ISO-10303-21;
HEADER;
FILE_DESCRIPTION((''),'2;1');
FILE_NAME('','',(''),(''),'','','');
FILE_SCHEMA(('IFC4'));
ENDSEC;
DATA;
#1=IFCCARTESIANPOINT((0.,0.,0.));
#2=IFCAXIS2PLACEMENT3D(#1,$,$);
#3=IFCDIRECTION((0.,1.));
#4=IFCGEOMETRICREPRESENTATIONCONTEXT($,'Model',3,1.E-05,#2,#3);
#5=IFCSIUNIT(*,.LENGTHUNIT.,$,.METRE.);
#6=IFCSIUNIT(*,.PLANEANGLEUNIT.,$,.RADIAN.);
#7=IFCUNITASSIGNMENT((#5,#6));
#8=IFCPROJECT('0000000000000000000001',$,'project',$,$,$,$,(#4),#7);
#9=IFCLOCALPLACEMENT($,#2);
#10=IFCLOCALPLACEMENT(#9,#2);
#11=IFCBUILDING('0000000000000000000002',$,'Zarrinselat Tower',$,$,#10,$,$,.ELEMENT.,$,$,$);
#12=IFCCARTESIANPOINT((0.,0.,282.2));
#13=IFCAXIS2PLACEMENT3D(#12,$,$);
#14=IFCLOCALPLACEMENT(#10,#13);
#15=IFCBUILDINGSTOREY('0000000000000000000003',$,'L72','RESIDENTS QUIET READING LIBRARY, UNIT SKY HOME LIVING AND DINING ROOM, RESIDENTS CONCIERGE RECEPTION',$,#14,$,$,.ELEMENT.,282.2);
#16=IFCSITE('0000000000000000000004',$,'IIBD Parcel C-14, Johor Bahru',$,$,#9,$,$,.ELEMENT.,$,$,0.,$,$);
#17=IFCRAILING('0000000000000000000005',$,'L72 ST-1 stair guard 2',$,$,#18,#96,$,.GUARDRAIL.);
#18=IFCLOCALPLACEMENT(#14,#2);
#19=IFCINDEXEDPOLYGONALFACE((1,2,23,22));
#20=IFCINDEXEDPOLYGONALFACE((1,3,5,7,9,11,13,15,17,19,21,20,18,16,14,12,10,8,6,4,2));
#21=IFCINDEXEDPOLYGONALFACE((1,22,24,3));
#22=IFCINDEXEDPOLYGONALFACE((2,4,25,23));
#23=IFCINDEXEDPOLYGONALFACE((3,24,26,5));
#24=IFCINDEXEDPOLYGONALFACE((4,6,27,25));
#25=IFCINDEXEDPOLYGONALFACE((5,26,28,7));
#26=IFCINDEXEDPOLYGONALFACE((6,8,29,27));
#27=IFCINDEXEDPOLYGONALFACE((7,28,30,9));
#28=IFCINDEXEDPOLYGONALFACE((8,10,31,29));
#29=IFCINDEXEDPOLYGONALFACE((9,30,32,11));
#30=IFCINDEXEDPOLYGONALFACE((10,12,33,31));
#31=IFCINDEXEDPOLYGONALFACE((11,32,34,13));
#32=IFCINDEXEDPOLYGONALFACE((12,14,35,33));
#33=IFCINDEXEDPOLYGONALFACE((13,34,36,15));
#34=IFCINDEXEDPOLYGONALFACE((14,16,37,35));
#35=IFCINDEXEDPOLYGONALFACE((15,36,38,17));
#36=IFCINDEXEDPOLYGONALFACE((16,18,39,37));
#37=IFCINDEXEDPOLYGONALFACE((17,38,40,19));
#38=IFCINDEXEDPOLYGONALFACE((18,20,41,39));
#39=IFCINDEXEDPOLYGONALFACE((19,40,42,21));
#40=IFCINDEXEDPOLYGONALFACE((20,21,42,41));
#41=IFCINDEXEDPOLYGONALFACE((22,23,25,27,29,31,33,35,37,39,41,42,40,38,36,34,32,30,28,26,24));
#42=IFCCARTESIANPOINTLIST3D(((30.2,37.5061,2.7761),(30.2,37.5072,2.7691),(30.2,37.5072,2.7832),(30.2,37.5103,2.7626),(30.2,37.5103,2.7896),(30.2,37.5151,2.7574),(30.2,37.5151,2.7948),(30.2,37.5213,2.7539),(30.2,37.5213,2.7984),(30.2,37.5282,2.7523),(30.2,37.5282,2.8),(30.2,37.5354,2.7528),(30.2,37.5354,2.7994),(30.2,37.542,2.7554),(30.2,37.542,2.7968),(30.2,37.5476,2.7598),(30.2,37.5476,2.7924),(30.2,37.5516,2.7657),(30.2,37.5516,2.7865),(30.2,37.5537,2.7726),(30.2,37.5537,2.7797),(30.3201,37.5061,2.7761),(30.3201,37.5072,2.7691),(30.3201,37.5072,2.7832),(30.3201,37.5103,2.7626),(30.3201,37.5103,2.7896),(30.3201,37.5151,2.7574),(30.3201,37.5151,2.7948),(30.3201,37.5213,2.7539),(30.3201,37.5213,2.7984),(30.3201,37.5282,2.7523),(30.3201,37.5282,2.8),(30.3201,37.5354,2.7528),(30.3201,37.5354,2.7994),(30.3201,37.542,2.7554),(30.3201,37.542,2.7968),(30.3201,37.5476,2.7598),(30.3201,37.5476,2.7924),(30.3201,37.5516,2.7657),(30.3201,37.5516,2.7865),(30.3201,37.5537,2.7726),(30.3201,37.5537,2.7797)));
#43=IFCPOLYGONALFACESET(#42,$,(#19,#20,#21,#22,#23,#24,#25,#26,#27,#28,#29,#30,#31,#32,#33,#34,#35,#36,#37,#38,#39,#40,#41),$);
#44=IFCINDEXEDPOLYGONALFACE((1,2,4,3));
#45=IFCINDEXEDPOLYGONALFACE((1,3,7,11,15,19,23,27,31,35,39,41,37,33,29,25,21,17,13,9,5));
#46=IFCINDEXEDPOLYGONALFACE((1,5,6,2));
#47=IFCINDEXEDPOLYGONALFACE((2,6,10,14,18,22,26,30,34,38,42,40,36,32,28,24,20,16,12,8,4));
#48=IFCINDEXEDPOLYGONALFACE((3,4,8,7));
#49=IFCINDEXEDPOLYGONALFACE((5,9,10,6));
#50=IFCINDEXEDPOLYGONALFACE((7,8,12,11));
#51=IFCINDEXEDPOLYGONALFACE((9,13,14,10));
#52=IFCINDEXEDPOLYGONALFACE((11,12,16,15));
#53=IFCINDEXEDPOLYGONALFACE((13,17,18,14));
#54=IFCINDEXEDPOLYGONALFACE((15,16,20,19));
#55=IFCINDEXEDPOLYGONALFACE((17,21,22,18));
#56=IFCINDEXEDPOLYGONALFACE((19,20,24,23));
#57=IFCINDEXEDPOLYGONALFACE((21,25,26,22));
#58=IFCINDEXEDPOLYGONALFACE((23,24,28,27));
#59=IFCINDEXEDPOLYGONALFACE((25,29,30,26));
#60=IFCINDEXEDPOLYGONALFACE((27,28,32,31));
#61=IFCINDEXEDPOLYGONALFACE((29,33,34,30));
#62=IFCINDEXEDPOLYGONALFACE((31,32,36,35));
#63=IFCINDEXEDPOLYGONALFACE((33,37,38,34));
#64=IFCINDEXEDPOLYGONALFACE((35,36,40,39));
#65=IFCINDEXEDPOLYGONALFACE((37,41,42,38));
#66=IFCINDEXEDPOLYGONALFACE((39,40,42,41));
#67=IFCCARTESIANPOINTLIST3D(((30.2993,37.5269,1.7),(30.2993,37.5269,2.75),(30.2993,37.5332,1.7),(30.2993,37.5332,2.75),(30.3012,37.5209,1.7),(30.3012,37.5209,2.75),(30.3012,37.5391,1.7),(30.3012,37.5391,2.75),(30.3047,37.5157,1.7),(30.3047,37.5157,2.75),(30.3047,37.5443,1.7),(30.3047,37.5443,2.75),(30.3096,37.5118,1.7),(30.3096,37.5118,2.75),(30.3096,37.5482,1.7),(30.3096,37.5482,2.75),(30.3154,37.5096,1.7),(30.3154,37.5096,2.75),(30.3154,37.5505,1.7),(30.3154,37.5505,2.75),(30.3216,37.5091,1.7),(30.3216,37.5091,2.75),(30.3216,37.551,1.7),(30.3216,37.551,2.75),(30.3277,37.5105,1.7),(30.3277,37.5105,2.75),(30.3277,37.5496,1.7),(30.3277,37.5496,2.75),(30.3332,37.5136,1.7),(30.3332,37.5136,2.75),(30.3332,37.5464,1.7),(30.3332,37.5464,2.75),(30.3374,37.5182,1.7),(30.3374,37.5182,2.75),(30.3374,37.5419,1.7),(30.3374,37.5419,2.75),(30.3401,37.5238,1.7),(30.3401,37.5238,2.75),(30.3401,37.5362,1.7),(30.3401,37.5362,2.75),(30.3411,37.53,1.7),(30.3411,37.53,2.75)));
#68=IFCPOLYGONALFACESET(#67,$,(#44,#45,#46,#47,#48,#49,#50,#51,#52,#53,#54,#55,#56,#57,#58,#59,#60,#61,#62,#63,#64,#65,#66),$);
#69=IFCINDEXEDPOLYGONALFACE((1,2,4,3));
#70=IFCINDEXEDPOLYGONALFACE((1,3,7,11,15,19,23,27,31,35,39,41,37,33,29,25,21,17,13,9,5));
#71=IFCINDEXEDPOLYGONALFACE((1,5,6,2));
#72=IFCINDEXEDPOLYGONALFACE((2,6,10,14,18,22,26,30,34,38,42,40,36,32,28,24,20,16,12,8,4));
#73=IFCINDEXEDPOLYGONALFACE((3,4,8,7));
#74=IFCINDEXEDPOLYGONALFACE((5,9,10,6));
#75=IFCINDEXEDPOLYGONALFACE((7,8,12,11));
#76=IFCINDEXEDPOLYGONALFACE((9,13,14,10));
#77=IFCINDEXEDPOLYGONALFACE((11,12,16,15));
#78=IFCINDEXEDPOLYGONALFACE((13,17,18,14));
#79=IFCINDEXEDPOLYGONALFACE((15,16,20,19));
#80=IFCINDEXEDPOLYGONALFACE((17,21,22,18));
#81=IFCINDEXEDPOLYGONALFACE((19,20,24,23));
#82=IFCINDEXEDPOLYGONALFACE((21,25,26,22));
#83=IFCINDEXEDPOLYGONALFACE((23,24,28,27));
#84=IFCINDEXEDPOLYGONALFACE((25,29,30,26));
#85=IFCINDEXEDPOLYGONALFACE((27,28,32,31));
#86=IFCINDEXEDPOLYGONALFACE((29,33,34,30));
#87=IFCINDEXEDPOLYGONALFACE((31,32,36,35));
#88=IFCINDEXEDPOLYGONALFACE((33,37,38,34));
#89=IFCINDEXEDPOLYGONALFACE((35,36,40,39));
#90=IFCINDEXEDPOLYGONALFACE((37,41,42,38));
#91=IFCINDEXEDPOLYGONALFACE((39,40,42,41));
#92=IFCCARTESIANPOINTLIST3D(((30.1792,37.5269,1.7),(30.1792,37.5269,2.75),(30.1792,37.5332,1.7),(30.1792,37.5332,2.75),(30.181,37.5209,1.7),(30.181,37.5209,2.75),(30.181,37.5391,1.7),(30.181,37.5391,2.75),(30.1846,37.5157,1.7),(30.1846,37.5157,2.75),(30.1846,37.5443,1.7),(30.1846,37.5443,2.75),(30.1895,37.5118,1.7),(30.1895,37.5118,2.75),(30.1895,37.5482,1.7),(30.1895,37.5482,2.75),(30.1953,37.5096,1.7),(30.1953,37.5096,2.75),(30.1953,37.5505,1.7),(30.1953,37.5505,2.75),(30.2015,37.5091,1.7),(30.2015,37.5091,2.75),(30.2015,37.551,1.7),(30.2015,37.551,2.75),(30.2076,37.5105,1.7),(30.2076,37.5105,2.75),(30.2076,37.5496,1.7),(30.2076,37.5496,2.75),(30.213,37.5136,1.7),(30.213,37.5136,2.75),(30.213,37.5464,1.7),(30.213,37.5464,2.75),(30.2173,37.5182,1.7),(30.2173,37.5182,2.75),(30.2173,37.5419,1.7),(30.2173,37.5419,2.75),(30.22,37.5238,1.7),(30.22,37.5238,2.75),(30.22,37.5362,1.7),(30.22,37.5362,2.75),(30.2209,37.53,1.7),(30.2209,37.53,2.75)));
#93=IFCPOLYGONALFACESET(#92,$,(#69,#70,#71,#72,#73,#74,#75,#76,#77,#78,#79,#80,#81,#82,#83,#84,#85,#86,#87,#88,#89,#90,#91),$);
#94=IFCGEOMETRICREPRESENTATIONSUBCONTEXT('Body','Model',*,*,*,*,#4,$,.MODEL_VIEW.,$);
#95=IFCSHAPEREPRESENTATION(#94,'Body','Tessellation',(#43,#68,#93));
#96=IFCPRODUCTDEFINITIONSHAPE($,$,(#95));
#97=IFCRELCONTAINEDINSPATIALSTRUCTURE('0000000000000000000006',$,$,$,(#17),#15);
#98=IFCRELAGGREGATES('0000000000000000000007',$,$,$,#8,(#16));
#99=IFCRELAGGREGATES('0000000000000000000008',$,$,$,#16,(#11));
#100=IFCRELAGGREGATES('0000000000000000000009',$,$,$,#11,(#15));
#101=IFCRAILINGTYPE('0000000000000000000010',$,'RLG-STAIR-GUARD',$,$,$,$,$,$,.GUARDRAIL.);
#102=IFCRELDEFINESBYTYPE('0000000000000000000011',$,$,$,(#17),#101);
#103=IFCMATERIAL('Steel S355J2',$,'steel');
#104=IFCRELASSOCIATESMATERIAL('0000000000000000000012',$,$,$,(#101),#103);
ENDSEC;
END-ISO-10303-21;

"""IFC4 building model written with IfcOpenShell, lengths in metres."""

from ifc_helpers import new_model, si_unit, direction, frame, origin, origin_2d, place, context, subcontext, project, spatial, circle, extrude, material, type_object, element, save


model = new_model("IFC4")

# Units and contexts
model_context = context("Model", 3, precision=1e-05, world=origin(), true_north=direction((0.0, 1.0)))
body_context = subcontext(model_context, "Body", "Model", "MODEL_VIEW")
ifc_project = project(units=[si_unit("LENGTHUNIT", "METRE"), si_unit("PLANEANGLEUNIT", "RADIAN")], contexts=[model_context])

# Site, building, storey
site_placement = place(None, origin())
site = spatial("IfcSite", under=ifc_project, at=site_placement, Name="IIBD Parcel C-14, Johor Bahru", CompositionType="ELEMENT", RefElevation=0.0)
building_placement = place(site_placement, origin())
building = spatial("IfcBuilding", under=site, at=building_placement, Name="Zarrinselat Tower", CompositionType="ELEMENT")
storey_placement = place(building_placement, frame((0.0, 0.0, 282.2)))
storey = spatial("IfcBuildingStorey", under=building, at=storey_placement, Name="L72", Description="RESIDENTS QUIET READING LIBRARY, UNIT SKY HOME LIVING AND DINING ROOM, RESIDENTS CONCIERGE RECEPTION", CompositionType="ELEMENT", Elevation=282.2)

# Railing
ifc_material_1 = material(Name="Steel S355J2", Category="steel")
railing_type = type_object("IfcRailingType", Name="RLG-STAIR-GUARD", PredefinedType="GUARDRAIL", material=ifc_material_1)
railing_1_placement = place(storey_placement, frame((30.3201, 37.53, 1.7)))
element("IfcRailing", 1, at=railing_1_placement, inside=storey, type_object=railing_type, Name="L72 ST-1 stair guard 2", PredefinedType="GUARDRAIL", context=body_context, shape_type="SweptSolid", body=[
    extrude(circle(Radius=0.0239, at=origin_2d()), frame((0.0, 0.0, 1.0762), z_axis=(-1.0, 0.0, 0.0), x_axis=(0.0, -1.0, 0.0)), (0.0, 0.0, 1.0), 0.1201),
    extrude(circle(Radius=0.021, at=origin_2d()), origin(), (0.0, 0.0, 1.0), 1.05),
    extrude(circle(Radius=0.021, at=origin_2d()), frame((-0.1201, 0.0, 0.0)), (0.0, 0.0, 1.0), 1.05),
])

save(model, "model.ifc")
